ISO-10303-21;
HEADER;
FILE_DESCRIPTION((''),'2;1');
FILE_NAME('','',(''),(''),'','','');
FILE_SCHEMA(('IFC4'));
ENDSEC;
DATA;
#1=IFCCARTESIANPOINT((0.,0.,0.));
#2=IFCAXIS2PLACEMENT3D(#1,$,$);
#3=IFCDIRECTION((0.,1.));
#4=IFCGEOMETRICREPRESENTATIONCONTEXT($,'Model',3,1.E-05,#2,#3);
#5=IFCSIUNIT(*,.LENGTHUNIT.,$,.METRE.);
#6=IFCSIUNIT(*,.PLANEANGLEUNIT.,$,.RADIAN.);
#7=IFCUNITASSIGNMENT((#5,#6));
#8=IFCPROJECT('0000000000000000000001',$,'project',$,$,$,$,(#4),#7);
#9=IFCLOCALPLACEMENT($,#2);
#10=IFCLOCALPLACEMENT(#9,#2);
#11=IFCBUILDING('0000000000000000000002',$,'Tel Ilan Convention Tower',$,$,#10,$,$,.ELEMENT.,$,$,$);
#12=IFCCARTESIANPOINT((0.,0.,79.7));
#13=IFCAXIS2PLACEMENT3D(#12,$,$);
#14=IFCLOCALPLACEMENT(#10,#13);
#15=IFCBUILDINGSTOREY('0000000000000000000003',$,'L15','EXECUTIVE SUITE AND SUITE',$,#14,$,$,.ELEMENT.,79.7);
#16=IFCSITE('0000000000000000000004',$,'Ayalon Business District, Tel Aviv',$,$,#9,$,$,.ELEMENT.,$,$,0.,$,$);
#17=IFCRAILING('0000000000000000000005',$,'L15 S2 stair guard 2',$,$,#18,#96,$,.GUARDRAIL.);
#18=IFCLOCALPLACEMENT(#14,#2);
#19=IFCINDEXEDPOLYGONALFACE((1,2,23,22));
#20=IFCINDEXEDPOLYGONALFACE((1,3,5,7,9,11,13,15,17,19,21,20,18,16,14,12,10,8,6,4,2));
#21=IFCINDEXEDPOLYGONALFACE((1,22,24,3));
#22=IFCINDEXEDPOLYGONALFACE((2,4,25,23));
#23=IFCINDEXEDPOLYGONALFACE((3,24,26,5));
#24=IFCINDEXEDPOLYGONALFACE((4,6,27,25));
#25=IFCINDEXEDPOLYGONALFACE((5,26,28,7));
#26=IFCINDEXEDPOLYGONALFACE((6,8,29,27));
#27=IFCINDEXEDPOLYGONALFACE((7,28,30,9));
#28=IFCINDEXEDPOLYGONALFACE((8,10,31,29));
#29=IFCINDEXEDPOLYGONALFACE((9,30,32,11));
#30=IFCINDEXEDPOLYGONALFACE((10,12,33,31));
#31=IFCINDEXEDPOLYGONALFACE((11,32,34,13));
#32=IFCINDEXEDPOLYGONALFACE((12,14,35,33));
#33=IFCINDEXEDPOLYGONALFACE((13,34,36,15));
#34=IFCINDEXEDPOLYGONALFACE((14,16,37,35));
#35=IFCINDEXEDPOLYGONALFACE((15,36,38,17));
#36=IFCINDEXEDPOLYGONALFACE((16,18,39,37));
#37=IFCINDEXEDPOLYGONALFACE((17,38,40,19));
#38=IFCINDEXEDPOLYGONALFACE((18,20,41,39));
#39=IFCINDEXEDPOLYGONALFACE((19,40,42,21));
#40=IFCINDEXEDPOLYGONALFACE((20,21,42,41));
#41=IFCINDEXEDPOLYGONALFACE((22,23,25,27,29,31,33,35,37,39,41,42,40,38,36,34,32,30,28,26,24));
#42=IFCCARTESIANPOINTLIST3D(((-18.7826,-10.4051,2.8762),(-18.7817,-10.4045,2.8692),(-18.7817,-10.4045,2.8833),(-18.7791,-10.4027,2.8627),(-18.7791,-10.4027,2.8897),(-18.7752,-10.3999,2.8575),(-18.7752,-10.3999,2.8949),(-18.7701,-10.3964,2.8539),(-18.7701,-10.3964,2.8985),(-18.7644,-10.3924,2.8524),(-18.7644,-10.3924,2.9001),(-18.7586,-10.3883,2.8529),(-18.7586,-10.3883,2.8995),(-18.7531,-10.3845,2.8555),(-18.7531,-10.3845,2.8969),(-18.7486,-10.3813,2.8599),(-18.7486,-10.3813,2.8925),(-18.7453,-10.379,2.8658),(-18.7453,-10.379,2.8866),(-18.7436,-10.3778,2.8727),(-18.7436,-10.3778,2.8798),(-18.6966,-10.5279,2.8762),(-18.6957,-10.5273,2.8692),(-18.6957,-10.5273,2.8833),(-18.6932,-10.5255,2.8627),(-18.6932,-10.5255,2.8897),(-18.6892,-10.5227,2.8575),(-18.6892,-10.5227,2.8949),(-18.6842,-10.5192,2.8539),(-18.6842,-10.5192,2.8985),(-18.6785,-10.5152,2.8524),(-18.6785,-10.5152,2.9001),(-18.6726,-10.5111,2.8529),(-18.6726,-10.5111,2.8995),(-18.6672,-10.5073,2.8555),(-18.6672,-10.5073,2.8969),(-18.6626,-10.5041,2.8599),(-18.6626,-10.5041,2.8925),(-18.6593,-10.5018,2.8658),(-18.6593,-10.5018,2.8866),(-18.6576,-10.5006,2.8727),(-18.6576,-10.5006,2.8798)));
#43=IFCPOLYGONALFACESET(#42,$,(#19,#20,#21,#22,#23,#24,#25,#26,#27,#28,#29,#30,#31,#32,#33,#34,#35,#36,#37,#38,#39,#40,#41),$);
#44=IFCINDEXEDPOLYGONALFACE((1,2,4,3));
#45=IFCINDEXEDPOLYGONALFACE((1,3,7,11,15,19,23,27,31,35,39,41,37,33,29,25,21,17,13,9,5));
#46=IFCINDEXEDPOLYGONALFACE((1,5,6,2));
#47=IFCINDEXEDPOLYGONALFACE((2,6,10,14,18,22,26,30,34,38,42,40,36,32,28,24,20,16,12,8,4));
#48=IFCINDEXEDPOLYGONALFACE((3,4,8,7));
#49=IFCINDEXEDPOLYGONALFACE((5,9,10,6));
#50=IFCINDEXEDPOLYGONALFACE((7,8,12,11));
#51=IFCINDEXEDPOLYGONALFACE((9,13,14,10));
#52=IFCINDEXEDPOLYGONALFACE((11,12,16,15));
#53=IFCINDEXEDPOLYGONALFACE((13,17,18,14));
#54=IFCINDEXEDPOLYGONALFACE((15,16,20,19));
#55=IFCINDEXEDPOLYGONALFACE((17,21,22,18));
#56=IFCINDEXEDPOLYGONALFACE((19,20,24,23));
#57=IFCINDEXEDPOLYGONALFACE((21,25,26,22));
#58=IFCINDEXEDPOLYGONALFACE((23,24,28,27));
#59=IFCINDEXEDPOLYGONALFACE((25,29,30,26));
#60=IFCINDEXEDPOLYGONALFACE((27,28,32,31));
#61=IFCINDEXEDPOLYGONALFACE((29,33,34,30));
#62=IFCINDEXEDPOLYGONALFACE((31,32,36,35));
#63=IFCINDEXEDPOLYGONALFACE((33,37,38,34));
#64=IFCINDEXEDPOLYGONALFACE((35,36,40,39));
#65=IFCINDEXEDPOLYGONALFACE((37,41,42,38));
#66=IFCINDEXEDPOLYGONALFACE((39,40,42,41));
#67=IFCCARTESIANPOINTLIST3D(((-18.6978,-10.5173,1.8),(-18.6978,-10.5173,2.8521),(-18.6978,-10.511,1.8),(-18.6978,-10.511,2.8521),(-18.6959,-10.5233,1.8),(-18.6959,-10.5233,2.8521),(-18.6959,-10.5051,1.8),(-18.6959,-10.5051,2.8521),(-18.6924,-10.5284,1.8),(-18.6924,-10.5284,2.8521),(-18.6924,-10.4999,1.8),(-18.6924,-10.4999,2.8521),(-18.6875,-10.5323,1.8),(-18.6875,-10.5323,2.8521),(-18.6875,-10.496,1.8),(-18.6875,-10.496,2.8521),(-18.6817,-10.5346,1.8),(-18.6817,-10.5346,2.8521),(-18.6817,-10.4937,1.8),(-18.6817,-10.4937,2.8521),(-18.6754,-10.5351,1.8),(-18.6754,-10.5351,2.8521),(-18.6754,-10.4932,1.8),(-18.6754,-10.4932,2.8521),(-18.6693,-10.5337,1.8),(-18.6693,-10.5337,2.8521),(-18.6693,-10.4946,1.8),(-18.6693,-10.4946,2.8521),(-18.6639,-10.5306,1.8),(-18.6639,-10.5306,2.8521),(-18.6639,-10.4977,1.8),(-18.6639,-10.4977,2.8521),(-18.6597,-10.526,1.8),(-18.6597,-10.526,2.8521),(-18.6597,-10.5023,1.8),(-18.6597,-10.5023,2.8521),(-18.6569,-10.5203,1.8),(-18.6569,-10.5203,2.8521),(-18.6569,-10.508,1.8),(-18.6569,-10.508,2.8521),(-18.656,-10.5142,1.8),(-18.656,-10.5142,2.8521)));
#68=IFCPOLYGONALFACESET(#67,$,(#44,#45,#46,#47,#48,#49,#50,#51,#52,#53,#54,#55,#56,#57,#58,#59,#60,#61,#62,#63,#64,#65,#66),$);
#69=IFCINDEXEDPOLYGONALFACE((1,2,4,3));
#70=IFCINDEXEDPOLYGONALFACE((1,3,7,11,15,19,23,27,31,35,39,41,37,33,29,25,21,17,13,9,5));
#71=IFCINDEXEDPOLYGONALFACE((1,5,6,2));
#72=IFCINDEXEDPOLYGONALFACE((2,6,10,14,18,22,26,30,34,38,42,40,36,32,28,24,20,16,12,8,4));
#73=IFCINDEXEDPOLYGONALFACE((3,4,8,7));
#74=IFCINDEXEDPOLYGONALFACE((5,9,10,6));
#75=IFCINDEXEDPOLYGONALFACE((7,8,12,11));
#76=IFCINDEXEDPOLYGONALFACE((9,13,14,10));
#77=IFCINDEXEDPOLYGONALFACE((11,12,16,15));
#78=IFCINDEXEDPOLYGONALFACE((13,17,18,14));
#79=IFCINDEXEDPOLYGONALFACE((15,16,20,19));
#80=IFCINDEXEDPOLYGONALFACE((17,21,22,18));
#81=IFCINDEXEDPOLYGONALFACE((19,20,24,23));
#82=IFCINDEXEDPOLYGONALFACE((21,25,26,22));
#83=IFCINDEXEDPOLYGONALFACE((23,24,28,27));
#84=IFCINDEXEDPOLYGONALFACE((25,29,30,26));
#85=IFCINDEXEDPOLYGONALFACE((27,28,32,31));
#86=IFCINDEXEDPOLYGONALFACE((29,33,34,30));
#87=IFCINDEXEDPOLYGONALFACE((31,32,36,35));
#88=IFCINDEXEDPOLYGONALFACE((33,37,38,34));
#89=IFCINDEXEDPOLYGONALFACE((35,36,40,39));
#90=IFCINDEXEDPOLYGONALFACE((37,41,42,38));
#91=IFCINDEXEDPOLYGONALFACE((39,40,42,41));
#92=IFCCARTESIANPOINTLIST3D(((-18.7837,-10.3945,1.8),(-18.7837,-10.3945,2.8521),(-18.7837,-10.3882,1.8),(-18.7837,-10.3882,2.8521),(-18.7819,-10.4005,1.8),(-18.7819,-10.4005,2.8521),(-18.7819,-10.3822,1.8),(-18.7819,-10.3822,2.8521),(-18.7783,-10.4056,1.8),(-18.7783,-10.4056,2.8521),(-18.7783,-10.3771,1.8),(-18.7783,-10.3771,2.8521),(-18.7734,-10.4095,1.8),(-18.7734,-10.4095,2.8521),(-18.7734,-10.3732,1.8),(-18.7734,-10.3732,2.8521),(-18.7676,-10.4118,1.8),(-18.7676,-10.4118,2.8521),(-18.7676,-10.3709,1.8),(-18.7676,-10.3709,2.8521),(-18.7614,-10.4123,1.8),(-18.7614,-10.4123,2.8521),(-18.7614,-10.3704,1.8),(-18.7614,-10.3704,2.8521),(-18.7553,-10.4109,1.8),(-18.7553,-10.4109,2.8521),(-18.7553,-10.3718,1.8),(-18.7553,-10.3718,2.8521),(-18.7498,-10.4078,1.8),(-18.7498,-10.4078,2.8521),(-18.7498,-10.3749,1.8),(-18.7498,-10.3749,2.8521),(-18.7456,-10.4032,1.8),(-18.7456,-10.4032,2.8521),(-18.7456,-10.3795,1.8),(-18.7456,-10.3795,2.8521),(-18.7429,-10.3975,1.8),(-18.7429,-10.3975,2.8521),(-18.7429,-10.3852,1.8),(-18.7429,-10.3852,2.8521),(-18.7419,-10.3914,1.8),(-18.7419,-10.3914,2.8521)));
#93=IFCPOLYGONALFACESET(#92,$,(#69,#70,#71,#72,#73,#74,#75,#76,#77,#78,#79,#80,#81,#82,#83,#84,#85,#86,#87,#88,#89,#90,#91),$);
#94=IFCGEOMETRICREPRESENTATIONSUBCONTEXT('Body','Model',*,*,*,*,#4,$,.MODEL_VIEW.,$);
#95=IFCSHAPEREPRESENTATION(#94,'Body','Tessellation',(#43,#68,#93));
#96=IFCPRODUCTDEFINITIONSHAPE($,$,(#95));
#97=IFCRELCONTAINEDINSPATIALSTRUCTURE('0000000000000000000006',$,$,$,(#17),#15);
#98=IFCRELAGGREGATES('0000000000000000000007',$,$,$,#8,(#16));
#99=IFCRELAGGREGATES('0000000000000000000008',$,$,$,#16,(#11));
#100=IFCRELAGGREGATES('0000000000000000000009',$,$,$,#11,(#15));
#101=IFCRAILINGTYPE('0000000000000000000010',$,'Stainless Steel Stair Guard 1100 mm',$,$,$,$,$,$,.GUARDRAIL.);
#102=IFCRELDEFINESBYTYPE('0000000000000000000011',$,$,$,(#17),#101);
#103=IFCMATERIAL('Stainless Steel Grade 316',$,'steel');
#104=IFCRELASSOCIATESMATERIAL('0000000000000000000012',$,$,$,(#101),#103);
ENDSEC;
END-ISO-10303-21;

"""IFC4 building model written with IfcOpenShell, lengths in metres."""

from ifc_helpers import new_model, si_unit, direction, frame, origin, origin_2d, place, context, subcontext, project, spatial, circle, extrude, material, type_object, element, save


model = new_model("IFC4")

# Units and contexts
model_context = context("Model", 3, precision=1e-05, world=origin(), true_north=direction((0.0, 1.0)))
body_context = subcontext(model_context, "Body", "Model", "MODEL_VIEW")
ifc_project = project(units=[si_unit("LENGTHUNIT", "METRE"), si_unit("PLANEANGLEUNIT", "RADIAN")], contexts=[model_context])

# Site, building, storey
site_placement = place(None, origin())
site = spatial("IfcSite", under=ifc_project, at=site_placement, Name="Ayalon Business District, Tel Aviv", CompositionType="ELEMENT", RefElevation=0.0)
building_placement = place(site_placement, origin())
building = spatial("IfcBuilding", under=site, at=building_placement, Name="Tel Ilan Convention Tower", CompositionType="ELEMENT")
storey_placement = place(building_placement, frame((0.0, 0.0, 79.7)))
storey = spatial("IfcBuildingStorey", under=building, at=storey_placement, Name="L15", Description="EXECUTIVE SUITE AND SUITE", CompositionType="ELEMENT", Elevation=79.7)

# Railing
ifc_material_1 = material(Name="Stainless Steel Grade 316", Category="steel")
railing_type_1 = type_object("IfcRailingType", Name="Stainless Steel Stair Guard 1100 mm", PredefinedType="GUARDRAIL", material=ifc_material_1)
railing_1_placement = place(storey_placement, frame((-18.677, -10.5142, 1.8)))
element("IfcRailing", 1, at=railing_1_placement, inside=storey, type_object=railing_type_1, Name="L15 S2 stair guard 2", PredefinedType="GUARDRAIL", context=body_context, shape_type="SweptSolid", body=[
    extrude(circle(Radius=0.0239, at=origin_2d()), frame((0.0, 0.0, 1.0762), z_axis=(-0.573353, 0.819308, 0.0), x_axis=(-0.819308, -0.573353, 0.0)), (0.0, 0.0, 1.0), 0.1499),
    extrude(circle(Radius=0.021, at=origin_2d()), origin(), (0.0, 0.0, 1.0), 1.052),
    extrude(circle(Radius=0.021, at=origin_2d()), frame((-0.0859, 0.1228, 0.0)), (0.0, 0.0, 1.0), 1.052),
])

save(model, "model.ifc")
